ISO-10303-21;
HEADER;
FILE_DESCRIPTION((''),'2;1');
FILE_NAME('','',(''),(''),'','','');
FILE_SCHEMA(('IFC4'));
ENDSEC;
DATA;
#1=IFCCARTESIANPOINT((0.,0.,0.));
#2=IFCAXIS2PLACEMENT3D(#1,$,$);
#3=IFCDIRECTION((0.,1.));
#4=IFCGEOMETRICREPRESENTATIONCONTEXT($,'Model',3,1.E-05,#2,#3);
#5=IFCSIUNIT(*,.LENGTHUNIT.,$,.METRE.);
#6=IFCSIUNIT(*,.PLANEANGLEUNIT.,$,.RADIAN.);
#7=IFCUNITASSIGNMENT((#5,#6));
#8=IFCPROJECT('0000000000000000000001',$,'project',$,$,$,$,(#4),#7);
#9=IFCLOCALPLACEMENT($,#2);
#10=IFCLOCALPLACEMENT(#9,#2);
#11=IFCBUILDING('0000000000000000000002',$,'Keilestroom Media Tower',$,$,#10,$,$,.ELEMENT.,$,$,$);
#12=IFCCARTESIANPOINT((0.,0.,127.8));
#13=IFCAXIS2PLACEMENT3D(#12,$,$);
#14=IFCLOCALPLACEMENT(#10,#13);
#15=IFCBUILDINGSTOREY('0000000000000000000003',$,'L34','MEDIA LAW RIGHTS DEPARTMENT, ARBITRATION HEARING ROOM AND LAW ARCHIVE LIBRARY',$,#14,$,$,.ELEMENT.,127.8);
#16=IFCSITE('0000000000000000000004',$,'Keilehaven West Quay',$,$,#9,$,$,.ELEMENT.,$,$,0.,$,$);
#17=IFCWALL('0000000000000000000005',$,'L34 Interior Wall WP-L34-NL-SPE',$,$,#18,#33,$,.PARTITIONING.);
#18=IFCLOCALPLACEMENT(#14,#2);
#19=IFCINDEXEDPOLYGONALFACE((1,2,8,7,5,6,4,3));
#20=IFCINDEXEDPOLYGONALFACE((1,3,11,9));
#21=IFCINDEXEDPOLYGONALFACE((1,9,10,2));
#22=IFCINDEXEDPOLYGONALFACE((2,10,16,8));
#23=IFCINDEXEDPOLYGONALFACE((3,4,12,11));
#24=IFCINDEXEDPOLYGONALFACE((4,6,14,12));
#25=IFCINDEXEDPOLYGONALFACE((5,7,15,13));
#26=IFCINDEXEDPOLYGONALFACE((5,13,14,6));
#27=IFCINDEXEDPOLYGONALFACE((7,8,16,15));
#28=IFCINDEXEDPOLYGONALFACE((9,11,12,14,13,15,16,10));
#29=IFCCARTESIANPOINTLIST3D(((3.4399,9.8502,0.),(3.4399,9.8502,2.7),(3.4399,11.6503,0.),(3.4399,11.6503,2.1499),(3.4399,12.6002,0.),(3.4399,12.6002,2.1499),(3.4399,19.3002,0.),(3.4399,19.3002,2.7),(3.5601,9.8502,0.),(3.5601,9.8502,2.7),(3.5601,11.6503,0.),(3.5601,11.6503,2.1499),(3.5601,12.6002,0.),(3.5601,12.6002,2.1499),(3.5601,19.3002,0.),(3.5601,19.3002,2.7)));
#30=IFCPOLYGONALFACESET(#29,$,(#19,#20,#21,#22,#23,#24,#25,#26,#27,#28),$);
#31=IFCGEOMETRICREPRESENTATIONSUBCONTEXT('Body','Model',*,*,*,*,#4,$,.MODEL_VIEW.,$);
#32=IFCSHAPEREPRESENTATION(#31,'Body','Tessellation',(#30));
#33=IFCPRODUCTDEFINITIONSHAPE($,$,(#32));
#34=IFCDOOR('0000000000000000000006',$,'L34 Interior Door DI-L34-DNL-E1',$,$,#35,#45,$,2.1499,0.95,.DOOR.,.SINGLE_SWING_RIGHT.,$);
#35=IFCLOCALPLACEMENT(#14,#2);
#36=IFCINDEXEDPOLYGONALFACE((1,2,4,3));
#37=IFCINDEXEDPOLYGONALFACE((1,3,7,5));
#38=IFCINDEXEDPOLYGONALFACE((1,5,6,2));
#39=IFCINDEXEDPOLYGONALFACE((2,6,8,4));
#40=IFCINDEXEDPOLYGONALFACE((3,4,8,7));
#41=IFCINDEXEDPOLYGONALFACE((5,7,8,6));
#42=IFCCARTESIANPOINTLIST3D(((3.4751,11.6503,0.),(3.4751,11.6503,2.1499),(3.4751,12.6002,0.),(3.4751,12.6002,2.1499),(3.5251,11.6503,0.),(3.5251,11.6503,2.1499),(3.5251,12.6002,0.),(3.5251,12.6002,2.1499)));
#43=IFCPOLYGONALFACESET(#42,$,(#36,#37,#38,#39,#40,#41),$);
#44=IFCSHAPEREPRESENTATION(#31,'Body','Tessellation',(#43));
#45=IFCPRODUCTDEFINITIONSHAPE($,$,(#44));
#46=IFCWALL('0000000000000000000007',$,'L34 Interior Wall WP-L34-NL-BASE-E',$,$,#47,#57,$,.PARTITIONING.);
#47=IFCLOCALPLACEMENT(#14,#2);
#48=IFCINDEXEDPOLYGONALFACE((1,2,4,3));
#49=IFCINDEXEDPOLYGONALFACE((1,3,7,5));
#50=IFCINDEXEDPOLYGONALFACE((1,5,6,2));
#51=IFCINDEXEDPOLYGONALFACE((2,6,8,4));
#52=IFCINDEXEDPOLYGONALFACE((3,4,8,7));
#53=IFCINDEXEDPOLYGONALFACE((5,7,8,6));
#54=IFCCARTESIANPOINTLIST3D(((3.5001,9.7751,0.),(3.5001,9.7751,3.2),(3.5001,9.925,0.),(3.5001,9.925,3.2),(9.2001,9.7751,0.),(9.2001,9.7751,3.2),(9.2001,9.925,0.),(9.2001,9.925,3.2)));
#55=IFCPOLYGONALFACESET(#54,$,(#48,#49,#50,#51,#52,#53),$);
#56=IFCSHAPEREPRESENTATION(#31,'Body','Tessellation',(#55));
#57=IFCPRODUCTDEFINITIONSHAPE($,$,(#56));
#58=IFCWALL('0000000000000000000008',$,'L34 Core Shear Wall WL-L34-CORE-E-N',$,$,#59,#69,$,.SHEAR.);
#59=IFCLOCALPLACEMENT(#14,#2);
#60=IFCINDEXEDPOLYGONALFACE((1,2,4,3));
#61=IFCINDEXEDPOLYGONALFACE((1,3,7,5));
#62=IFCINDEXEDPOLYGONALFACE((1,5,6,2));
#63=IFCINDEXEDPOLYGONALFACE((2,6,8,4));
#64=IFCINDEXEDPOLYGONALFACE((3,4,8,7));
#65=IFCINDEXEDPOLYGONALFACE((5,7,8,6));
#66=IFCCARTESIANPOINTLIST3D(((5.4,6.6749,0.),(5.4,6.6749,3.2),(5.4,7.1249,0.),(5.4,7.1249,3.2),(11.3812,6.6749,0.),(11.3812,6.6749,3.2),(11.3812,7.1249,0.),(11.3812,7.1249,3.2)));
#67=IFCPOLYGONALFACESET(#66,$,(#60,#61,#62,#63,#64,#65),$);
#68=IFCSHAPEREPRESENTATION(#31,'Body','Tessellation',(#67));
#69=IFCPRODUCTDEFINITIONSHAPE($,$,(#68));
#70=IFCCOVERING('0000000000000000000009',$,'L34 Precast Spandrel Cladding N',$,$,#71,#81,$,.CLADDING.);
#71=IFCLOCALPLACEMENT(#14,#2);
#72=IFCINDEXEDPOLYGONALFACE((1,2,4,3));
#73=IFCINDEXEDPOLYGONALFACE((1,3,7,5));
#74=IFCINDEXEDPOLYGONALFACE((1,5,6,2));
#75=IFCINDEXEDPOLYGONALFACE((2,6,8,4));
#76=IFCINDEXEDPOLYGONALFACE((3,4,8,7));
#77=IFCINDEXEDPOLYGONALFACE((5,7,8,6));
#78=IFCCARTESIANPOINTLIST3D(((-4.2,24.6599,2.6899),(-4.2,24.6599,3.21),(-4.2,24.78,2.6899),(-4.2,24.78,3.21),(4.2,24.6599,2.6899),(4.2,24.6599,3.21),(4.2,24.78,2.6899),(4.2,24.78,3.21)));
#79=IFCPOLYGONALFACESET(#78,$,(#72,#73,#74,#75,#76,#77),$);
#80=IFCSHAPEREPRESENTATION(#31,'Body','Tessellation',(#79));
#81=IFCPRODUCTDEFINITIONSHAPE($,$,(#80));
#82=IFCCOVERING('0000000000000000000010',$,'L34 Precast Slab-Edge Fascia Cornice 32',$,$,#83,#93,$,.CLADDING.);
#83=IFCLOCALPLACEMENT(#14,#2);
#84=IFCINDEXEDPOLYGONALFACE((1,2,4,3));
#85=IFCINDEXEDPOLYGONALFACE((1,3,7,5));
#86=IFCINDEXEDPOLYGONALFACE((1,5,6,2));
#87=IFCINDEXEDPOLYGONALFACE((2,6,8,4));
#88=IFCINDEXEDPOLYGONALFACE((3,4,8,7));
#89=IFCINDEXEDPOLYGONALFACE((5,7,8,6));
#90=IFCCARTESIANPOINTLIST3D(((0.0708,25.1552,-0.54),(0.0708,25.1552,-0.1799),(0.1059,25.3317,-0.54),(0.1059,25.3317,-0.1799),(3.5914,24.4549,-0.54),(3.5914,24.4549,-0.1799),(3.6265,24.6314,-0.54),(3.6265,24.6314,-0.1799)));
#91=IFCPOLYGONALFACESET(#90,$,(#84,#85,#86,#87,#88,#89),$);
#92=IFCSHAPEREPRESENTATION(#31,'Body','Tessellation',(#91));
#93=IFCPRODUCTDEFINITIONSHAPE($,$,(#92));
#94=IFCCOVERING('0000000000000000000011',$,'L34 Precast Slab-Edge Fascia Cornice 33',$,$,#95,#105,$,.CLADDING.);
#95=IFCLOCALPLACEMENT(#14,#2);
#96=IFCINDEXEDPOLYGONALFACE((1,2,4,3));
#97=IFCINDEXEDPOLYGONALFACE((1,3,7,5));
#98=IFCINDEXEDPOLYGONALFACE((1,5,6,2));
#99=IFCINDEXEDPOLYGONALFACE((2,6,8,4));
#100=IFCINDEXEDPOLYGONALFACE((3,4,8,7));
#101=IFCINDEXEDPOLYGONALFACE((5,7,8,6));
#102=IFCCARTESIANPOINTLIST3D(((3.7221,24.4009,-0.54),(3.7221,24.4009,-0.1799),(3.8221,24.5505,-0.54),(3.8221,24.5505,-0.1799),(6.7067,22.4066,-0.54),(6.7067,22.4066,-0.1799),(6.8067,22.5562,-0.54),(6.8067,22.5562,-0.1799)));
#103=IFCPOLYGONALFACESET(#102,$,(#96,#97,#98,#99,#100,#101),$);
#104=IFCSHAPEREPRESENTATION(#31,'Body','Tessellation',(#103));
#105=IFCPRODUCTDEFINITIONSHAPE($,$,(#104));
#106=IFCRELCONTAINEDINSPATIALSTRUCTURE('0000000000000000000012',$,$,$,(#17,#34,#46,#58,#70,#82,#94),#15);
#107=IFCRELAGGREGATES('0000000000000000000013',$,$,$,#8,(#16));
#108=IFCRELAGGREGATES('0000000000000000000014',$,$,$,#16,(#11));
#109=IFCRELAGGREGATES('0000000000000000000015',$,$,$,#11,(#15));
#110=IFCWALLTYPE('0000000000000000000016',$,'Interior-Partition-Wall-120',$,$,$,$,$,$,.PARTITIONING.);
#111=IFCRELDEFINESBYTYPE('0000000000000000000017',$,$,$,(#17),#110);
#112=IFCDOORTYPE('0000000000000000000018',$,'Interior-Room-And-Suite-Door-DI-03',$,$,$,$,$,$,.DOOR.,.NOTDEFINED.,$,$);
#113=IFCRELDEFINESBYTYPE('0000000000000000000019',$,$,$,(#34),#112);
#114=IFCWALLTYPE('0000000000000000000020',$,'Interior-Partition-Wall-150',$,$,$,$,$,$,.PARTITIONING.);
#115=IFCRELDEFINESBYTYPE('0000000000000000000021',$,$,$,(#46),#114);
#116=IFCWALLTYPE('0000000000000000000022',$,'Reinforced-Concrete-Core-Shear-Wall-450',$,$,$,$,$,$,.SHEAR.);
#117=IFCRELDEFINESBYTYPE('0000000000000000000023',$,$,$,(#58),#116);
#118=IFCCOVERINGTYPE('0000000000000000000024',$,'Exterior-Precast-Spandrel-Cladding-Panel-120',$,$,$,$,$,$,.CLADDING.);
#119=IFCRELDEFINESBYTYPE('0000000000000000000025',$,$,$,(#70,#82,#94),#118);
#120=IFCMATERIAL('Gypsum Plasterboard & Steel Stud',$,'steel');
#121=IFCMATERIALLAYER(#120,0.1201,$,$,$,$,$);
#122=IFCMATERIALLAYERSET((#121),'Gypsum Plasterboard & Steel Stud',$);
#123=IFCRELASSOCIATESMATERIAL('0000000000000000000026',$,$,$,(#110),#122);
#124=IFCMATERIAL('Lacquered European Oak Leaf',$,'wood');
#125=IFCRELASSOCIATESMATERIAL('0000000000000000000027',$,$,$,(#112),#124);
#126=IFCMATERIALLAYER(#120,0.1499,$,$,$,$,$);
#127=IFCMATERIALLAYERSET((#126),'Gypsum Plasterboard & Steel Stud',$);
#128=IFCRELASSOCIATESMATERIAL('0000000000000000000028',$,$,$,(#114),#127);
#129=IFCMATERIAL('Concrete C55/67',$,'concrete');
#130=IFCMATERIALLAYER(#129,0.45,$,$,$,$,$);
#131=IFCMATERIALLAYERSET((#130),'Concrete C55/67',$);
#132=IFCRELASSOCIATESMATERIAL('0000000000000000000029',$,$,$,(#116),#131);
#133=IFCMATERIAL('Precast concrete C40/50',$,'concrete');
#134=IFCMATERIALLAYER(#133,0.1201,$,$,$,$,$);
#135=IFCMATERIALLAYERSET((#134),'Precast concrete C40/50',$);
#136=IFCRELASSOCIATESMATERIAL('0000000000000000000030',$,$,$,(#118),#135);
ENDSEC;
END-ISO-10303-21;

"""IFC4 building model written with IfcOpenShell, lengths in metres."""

from ifc_helpers import new_model, si_unit, direction, frame, frame_2d, origin, origin_2d, place, context, subcontext, project, spatial, rectangle, extrude, source, transform, mapped, material, layer, layer_set, type_object, element, fill, save


model = new_model("IFC4")

# Units and contexts
model_context = context("Model", 3, precision=1e-05, world=origin(), true_north=direction((0.0, 1.0)))
body_context = subcontext(model_context, "Body", "Model", "MODEL_VIEW")
ifc_project = project(units=[si_unit("LENGTHUNIT", "METRE"), si_unit("PLANEANGLEUNIT", "RADIAN")], contexts=[model_context])

# Site, building, storey
site_placement = place(None, origin())
site = spatial("IfcSite", under=ifc_project, at=site_placement, Name="Keilehaven West Quay", CompositionType="ELEMENT", RefElevation=0.0)
building_placement = place(site_placement, origin())
building = spatial("IfcBuilding", under=site, at=building_placement, Name="Keilestroom Media Tower", CompositionType="ELEMENT")
storey_placement = place(building_placement, frame((0.0, 0.0, 127.8)))
storey = spatial("IfcBuildingStorey", under=building, at=storey_placement, Name="L34", Description="MEDIA LAW RIGHTS DEPARTMENT, ARBITRATION HEARING ROOM AND LAW ARCHIVE LIBRARY", CompositionType="ELEMENT", Elevation=127.8)

# Shared definitions
ifc_material_1 = material(Name="Concrete C55/67", Category="concrete")

# Shared definitions
ifc_material_2 = material(Name="Gypsum Plasterboard & Steel Stud", Category="steel")
ifc_layer_1 = layer(ifc_material_2, 0.1201)
ifc_layer_set_1 = layer_set([ifc_layer_1], Name="Gypsum Plasterboard & Steel Stud")
wall_type_1 = type_object("IfcWallType", Name="Interior-Partition-Wall-120", PredefinedType="PARTITIONING", material=ifc_layer_set_1)

# Wall, opening, door
wall_1_placement = place(storey_placement, frame((3.5, 9.8501, 0.0), z_axis=(0.0, 0.0, 1.0), x_axis=(0.0, 1.0, 0.0)))
wall_1 = element("IfcWall", 1, at=wall_1_placement, inside=storey, type_object=wall_type_1, Name="L34 Interior Wall WP-L34-NL-SPE", PredefinedType="PARTITIONING", context=body_context, shape_type="SweptSolid", body=[
    extrude(rectangle(XDim=9.45, YDim=0.1201, at=frame_2d((4.7251, 0.0))), origin(), (0.0, 0.0, 1.0), 2.7),
])
opening_1_placement = place(wall_1_placement, frame((1.8, 0.0, 0.0)))
opening_1 = element("IfcOpeningElement", 2, at=opening_1_placement, cuts=wall_1, PredefinedType="OPENING", context=body_context, shape_type="SweptSolid", body=[
    extrude(rectangle(XDim=0.95, YDim=2.1499, at=frame_2d((0.4751, 1.075))), frame((0.0, 0.0701, 0.0), z_axis=(0.0, -1.0, 0.0), x_axis=(1.0, 0.0, 0.0)), (0.0, 0.0, 1.0), 0.1401),
])
ifc_material_3 = material(Name="Lacquered European Oak Leaf", Category="wood")
door_type_1 = type_object("IfcDoorType", Name="Interior-Room-And-Suite-Door-DI-03", OperationType="NOTDEFINED", PredefinedType="DOOR", material=ifc_material_3)
shared_shape_1 = source(origin(), body_context, "Body", "SweptSolid", [
    extrude(rectangle(XDim=0.95, YDim=2.1499, at=frame_2d((0.4751, 1.075))), frame((0.0, 0.0249, 0.0), z_axis=(0.0, -1.0, 0.0), x_axis=(1.0, 0.0, 0.0)), (0.0, 0.0, 1.0), 0.05),
])
door_1_placement = place(opening_1_placement, origin())
door_1 = element("IfcDoor", 3, at=door_1_placement, inside=storey, type_object=door_type_1, Name="L34 Interior Door DI-L34-DNL-E1", OperationType="SINGLE_SWING_RIGHT", OverallHeight=2.1499, OverallWidth=0.95, PredefinedType="DOOR", context=body_context, shape_type="MappedRepresentation", body=[
    mapped(shared_shape_1, transform((0.0, 0.0, 0.0), x_axis=(1.0, 0.0, 0.0), y_axis=(0.0, 1.0, 0.0), z_axis=(0.0, 0.0, 1.0), scale=1.0)),
])
fill(opening_1, door_1)

# Walls
ifc_layer_2 = layer(ifc_material_2, 0.1499)
ifc_layer_set_2 = layer_set([ifc_layer_2], Name="Gypsum Plasterboard & Steel Stud")
wall_type_2 = type_object("IfcWallType", Name="Interior-Partition-Wall-150", PredefinedType="PARTITIONING", material=ifc_layer_set_2)
wall_2_placement = place(storey_placement, frame((3.5, 9.8501, 0.0), z_axis=(0.0, 0.0, 1.0), x_axis=(1.0, 0.0, 0.0)))
element("IfcWall", 4, at=wall_2_placement, inside=storey, type_object=wall_type_2, Name="L34 Interior Wall WP-L34-NL-BASE-E", PredefinedType="PARTITIONING", context=body_context, shape_type="SweptSolid", body=[
    extrude(rectangle(XDim=5.7, YDim=0.1499, at=frame_2d((2.8501, 0.0))), origin(), (0.0, 0.0, 1.0), 3.2),
])
ifc_layer_3 = layer(ifc_material_1, 0.45)
ifc_layer_set_3 = layer_set([ifc_layer_3], Name="Concrete C55/67")
wall_type_3 = type_object("IfcWallType", Name="Reinforced-Concrete-Core-Shear-Wall-450", PredefinedType="SHEAR", material=ifc_layer_set_3)
wall_3_placement = place(storey_placement, frame((5.3999, 6.8999, 0.0), z_axis=(0.0, 0.0, 1.0), x_axis=(1.0, 0.0, 0.0)))
element("IfcWall", 5, at=wall_3_placement, inside=storey, type_object=wall_type_3, Name="L34 Core Shear Wall WL-L34-CORE-E-N", PredefinedType="SHEAR", context=body_context, shape_type="SweptSolid", body=[
    extrude(rectangle(XDim=5.9812, YDim=0.45, at=frame_2d((2.9907, 0.0))), origin(), (0.0, 0.0, 1.0), 3.2),
])

# Coverings
ifc_material_4 = material(Name="Precast concrete C40/50", Category="concrete")
ifc_layer_4 = layer(ifc_material_4, 0.1201)
ifc_layer_set_4 = layer_set([ifc_layer_4], Name="Precast concrete C40/50")
covering_type = type_object("IfcCoveringType", Name="Exterior-Precast-Spandrel-Cladding-Panel-120", PredefinedType="CLADDING", material=ifc_layer_set_4)
shared_shape_2 = source(origin(), body_context, "Body", "SweptSolid", [
    extrude(rectangle(XDim=8.3999, YDim=0.1201, at=origin_2d()), origin(), (0.0, 0.0, 1.0), 0.52),
])
covering_placement = place(storey_placement, frame((0.0, 24.72, 2.6899), z_axis=(0.0, 0.0, 1.0), x_axis=(1.0, 0.0, 0.0)))
element("IfcCovering", 6, at=covering_placement, inside=storey, type_object=covering_type, Name="L34 Precast Spandrel Cladding N", PredefinedType="CLADDING", context=body_context, shape_type="MappedRepresentation", body=[
    mapped(shared_shape_2, transform((0.0, 0.0, 0.0), x_axis=(1.0, 0.0, 0.0), y_axis=(0.0, 1.0, 0.0), z_axis=(0.0, 0.0, 1.0), scale=1.0)),
])
shared_shape_3 = source(origin(), body_context, "Body", "SweptSolid", [
    extrude(rectangle(XDim=3.5896, YDim=0.1799, at=origin_2d()), origin(), (0.0, 0.0, 1.0), 0.3601),
])
for number, where, z_axis, x_axis, name in (
    (7, (1.8486, 24.8933, -0.54), (0.0, 0.0, 1.0), (0.980784, -0.195099, 0.0), "L34 Precast Slab-Edge Fascia Cornice 32"),
    (8, (5.2644, 23.4785, -0.54), (0.0, 0.0, 1.0), (0.831467, -0.555575, 0.0), "L34 Precast Slab-Edge Fascia Cornice 33"),
):
    element("IfcCovering", number, at=place(storey_placement, frame(where, z_axis=z_axis, x_axis=x_axis)), inside=storey, type_object=covering_type, Name=name, PredefinedType="CLADDING", context=body_context, shape_type="MappedRepresentation", body=[
        mapped(shared_shape_3, transform((0.0, 0.0, 0.0), x_axis=(1.0, 0.0, 0.0), y_axis=(0.0, 1.0, 0.0), z_axis=(0.0, 0.0, 1.0), scale=1.0)),
    ])

save(model, "model.ifc")
